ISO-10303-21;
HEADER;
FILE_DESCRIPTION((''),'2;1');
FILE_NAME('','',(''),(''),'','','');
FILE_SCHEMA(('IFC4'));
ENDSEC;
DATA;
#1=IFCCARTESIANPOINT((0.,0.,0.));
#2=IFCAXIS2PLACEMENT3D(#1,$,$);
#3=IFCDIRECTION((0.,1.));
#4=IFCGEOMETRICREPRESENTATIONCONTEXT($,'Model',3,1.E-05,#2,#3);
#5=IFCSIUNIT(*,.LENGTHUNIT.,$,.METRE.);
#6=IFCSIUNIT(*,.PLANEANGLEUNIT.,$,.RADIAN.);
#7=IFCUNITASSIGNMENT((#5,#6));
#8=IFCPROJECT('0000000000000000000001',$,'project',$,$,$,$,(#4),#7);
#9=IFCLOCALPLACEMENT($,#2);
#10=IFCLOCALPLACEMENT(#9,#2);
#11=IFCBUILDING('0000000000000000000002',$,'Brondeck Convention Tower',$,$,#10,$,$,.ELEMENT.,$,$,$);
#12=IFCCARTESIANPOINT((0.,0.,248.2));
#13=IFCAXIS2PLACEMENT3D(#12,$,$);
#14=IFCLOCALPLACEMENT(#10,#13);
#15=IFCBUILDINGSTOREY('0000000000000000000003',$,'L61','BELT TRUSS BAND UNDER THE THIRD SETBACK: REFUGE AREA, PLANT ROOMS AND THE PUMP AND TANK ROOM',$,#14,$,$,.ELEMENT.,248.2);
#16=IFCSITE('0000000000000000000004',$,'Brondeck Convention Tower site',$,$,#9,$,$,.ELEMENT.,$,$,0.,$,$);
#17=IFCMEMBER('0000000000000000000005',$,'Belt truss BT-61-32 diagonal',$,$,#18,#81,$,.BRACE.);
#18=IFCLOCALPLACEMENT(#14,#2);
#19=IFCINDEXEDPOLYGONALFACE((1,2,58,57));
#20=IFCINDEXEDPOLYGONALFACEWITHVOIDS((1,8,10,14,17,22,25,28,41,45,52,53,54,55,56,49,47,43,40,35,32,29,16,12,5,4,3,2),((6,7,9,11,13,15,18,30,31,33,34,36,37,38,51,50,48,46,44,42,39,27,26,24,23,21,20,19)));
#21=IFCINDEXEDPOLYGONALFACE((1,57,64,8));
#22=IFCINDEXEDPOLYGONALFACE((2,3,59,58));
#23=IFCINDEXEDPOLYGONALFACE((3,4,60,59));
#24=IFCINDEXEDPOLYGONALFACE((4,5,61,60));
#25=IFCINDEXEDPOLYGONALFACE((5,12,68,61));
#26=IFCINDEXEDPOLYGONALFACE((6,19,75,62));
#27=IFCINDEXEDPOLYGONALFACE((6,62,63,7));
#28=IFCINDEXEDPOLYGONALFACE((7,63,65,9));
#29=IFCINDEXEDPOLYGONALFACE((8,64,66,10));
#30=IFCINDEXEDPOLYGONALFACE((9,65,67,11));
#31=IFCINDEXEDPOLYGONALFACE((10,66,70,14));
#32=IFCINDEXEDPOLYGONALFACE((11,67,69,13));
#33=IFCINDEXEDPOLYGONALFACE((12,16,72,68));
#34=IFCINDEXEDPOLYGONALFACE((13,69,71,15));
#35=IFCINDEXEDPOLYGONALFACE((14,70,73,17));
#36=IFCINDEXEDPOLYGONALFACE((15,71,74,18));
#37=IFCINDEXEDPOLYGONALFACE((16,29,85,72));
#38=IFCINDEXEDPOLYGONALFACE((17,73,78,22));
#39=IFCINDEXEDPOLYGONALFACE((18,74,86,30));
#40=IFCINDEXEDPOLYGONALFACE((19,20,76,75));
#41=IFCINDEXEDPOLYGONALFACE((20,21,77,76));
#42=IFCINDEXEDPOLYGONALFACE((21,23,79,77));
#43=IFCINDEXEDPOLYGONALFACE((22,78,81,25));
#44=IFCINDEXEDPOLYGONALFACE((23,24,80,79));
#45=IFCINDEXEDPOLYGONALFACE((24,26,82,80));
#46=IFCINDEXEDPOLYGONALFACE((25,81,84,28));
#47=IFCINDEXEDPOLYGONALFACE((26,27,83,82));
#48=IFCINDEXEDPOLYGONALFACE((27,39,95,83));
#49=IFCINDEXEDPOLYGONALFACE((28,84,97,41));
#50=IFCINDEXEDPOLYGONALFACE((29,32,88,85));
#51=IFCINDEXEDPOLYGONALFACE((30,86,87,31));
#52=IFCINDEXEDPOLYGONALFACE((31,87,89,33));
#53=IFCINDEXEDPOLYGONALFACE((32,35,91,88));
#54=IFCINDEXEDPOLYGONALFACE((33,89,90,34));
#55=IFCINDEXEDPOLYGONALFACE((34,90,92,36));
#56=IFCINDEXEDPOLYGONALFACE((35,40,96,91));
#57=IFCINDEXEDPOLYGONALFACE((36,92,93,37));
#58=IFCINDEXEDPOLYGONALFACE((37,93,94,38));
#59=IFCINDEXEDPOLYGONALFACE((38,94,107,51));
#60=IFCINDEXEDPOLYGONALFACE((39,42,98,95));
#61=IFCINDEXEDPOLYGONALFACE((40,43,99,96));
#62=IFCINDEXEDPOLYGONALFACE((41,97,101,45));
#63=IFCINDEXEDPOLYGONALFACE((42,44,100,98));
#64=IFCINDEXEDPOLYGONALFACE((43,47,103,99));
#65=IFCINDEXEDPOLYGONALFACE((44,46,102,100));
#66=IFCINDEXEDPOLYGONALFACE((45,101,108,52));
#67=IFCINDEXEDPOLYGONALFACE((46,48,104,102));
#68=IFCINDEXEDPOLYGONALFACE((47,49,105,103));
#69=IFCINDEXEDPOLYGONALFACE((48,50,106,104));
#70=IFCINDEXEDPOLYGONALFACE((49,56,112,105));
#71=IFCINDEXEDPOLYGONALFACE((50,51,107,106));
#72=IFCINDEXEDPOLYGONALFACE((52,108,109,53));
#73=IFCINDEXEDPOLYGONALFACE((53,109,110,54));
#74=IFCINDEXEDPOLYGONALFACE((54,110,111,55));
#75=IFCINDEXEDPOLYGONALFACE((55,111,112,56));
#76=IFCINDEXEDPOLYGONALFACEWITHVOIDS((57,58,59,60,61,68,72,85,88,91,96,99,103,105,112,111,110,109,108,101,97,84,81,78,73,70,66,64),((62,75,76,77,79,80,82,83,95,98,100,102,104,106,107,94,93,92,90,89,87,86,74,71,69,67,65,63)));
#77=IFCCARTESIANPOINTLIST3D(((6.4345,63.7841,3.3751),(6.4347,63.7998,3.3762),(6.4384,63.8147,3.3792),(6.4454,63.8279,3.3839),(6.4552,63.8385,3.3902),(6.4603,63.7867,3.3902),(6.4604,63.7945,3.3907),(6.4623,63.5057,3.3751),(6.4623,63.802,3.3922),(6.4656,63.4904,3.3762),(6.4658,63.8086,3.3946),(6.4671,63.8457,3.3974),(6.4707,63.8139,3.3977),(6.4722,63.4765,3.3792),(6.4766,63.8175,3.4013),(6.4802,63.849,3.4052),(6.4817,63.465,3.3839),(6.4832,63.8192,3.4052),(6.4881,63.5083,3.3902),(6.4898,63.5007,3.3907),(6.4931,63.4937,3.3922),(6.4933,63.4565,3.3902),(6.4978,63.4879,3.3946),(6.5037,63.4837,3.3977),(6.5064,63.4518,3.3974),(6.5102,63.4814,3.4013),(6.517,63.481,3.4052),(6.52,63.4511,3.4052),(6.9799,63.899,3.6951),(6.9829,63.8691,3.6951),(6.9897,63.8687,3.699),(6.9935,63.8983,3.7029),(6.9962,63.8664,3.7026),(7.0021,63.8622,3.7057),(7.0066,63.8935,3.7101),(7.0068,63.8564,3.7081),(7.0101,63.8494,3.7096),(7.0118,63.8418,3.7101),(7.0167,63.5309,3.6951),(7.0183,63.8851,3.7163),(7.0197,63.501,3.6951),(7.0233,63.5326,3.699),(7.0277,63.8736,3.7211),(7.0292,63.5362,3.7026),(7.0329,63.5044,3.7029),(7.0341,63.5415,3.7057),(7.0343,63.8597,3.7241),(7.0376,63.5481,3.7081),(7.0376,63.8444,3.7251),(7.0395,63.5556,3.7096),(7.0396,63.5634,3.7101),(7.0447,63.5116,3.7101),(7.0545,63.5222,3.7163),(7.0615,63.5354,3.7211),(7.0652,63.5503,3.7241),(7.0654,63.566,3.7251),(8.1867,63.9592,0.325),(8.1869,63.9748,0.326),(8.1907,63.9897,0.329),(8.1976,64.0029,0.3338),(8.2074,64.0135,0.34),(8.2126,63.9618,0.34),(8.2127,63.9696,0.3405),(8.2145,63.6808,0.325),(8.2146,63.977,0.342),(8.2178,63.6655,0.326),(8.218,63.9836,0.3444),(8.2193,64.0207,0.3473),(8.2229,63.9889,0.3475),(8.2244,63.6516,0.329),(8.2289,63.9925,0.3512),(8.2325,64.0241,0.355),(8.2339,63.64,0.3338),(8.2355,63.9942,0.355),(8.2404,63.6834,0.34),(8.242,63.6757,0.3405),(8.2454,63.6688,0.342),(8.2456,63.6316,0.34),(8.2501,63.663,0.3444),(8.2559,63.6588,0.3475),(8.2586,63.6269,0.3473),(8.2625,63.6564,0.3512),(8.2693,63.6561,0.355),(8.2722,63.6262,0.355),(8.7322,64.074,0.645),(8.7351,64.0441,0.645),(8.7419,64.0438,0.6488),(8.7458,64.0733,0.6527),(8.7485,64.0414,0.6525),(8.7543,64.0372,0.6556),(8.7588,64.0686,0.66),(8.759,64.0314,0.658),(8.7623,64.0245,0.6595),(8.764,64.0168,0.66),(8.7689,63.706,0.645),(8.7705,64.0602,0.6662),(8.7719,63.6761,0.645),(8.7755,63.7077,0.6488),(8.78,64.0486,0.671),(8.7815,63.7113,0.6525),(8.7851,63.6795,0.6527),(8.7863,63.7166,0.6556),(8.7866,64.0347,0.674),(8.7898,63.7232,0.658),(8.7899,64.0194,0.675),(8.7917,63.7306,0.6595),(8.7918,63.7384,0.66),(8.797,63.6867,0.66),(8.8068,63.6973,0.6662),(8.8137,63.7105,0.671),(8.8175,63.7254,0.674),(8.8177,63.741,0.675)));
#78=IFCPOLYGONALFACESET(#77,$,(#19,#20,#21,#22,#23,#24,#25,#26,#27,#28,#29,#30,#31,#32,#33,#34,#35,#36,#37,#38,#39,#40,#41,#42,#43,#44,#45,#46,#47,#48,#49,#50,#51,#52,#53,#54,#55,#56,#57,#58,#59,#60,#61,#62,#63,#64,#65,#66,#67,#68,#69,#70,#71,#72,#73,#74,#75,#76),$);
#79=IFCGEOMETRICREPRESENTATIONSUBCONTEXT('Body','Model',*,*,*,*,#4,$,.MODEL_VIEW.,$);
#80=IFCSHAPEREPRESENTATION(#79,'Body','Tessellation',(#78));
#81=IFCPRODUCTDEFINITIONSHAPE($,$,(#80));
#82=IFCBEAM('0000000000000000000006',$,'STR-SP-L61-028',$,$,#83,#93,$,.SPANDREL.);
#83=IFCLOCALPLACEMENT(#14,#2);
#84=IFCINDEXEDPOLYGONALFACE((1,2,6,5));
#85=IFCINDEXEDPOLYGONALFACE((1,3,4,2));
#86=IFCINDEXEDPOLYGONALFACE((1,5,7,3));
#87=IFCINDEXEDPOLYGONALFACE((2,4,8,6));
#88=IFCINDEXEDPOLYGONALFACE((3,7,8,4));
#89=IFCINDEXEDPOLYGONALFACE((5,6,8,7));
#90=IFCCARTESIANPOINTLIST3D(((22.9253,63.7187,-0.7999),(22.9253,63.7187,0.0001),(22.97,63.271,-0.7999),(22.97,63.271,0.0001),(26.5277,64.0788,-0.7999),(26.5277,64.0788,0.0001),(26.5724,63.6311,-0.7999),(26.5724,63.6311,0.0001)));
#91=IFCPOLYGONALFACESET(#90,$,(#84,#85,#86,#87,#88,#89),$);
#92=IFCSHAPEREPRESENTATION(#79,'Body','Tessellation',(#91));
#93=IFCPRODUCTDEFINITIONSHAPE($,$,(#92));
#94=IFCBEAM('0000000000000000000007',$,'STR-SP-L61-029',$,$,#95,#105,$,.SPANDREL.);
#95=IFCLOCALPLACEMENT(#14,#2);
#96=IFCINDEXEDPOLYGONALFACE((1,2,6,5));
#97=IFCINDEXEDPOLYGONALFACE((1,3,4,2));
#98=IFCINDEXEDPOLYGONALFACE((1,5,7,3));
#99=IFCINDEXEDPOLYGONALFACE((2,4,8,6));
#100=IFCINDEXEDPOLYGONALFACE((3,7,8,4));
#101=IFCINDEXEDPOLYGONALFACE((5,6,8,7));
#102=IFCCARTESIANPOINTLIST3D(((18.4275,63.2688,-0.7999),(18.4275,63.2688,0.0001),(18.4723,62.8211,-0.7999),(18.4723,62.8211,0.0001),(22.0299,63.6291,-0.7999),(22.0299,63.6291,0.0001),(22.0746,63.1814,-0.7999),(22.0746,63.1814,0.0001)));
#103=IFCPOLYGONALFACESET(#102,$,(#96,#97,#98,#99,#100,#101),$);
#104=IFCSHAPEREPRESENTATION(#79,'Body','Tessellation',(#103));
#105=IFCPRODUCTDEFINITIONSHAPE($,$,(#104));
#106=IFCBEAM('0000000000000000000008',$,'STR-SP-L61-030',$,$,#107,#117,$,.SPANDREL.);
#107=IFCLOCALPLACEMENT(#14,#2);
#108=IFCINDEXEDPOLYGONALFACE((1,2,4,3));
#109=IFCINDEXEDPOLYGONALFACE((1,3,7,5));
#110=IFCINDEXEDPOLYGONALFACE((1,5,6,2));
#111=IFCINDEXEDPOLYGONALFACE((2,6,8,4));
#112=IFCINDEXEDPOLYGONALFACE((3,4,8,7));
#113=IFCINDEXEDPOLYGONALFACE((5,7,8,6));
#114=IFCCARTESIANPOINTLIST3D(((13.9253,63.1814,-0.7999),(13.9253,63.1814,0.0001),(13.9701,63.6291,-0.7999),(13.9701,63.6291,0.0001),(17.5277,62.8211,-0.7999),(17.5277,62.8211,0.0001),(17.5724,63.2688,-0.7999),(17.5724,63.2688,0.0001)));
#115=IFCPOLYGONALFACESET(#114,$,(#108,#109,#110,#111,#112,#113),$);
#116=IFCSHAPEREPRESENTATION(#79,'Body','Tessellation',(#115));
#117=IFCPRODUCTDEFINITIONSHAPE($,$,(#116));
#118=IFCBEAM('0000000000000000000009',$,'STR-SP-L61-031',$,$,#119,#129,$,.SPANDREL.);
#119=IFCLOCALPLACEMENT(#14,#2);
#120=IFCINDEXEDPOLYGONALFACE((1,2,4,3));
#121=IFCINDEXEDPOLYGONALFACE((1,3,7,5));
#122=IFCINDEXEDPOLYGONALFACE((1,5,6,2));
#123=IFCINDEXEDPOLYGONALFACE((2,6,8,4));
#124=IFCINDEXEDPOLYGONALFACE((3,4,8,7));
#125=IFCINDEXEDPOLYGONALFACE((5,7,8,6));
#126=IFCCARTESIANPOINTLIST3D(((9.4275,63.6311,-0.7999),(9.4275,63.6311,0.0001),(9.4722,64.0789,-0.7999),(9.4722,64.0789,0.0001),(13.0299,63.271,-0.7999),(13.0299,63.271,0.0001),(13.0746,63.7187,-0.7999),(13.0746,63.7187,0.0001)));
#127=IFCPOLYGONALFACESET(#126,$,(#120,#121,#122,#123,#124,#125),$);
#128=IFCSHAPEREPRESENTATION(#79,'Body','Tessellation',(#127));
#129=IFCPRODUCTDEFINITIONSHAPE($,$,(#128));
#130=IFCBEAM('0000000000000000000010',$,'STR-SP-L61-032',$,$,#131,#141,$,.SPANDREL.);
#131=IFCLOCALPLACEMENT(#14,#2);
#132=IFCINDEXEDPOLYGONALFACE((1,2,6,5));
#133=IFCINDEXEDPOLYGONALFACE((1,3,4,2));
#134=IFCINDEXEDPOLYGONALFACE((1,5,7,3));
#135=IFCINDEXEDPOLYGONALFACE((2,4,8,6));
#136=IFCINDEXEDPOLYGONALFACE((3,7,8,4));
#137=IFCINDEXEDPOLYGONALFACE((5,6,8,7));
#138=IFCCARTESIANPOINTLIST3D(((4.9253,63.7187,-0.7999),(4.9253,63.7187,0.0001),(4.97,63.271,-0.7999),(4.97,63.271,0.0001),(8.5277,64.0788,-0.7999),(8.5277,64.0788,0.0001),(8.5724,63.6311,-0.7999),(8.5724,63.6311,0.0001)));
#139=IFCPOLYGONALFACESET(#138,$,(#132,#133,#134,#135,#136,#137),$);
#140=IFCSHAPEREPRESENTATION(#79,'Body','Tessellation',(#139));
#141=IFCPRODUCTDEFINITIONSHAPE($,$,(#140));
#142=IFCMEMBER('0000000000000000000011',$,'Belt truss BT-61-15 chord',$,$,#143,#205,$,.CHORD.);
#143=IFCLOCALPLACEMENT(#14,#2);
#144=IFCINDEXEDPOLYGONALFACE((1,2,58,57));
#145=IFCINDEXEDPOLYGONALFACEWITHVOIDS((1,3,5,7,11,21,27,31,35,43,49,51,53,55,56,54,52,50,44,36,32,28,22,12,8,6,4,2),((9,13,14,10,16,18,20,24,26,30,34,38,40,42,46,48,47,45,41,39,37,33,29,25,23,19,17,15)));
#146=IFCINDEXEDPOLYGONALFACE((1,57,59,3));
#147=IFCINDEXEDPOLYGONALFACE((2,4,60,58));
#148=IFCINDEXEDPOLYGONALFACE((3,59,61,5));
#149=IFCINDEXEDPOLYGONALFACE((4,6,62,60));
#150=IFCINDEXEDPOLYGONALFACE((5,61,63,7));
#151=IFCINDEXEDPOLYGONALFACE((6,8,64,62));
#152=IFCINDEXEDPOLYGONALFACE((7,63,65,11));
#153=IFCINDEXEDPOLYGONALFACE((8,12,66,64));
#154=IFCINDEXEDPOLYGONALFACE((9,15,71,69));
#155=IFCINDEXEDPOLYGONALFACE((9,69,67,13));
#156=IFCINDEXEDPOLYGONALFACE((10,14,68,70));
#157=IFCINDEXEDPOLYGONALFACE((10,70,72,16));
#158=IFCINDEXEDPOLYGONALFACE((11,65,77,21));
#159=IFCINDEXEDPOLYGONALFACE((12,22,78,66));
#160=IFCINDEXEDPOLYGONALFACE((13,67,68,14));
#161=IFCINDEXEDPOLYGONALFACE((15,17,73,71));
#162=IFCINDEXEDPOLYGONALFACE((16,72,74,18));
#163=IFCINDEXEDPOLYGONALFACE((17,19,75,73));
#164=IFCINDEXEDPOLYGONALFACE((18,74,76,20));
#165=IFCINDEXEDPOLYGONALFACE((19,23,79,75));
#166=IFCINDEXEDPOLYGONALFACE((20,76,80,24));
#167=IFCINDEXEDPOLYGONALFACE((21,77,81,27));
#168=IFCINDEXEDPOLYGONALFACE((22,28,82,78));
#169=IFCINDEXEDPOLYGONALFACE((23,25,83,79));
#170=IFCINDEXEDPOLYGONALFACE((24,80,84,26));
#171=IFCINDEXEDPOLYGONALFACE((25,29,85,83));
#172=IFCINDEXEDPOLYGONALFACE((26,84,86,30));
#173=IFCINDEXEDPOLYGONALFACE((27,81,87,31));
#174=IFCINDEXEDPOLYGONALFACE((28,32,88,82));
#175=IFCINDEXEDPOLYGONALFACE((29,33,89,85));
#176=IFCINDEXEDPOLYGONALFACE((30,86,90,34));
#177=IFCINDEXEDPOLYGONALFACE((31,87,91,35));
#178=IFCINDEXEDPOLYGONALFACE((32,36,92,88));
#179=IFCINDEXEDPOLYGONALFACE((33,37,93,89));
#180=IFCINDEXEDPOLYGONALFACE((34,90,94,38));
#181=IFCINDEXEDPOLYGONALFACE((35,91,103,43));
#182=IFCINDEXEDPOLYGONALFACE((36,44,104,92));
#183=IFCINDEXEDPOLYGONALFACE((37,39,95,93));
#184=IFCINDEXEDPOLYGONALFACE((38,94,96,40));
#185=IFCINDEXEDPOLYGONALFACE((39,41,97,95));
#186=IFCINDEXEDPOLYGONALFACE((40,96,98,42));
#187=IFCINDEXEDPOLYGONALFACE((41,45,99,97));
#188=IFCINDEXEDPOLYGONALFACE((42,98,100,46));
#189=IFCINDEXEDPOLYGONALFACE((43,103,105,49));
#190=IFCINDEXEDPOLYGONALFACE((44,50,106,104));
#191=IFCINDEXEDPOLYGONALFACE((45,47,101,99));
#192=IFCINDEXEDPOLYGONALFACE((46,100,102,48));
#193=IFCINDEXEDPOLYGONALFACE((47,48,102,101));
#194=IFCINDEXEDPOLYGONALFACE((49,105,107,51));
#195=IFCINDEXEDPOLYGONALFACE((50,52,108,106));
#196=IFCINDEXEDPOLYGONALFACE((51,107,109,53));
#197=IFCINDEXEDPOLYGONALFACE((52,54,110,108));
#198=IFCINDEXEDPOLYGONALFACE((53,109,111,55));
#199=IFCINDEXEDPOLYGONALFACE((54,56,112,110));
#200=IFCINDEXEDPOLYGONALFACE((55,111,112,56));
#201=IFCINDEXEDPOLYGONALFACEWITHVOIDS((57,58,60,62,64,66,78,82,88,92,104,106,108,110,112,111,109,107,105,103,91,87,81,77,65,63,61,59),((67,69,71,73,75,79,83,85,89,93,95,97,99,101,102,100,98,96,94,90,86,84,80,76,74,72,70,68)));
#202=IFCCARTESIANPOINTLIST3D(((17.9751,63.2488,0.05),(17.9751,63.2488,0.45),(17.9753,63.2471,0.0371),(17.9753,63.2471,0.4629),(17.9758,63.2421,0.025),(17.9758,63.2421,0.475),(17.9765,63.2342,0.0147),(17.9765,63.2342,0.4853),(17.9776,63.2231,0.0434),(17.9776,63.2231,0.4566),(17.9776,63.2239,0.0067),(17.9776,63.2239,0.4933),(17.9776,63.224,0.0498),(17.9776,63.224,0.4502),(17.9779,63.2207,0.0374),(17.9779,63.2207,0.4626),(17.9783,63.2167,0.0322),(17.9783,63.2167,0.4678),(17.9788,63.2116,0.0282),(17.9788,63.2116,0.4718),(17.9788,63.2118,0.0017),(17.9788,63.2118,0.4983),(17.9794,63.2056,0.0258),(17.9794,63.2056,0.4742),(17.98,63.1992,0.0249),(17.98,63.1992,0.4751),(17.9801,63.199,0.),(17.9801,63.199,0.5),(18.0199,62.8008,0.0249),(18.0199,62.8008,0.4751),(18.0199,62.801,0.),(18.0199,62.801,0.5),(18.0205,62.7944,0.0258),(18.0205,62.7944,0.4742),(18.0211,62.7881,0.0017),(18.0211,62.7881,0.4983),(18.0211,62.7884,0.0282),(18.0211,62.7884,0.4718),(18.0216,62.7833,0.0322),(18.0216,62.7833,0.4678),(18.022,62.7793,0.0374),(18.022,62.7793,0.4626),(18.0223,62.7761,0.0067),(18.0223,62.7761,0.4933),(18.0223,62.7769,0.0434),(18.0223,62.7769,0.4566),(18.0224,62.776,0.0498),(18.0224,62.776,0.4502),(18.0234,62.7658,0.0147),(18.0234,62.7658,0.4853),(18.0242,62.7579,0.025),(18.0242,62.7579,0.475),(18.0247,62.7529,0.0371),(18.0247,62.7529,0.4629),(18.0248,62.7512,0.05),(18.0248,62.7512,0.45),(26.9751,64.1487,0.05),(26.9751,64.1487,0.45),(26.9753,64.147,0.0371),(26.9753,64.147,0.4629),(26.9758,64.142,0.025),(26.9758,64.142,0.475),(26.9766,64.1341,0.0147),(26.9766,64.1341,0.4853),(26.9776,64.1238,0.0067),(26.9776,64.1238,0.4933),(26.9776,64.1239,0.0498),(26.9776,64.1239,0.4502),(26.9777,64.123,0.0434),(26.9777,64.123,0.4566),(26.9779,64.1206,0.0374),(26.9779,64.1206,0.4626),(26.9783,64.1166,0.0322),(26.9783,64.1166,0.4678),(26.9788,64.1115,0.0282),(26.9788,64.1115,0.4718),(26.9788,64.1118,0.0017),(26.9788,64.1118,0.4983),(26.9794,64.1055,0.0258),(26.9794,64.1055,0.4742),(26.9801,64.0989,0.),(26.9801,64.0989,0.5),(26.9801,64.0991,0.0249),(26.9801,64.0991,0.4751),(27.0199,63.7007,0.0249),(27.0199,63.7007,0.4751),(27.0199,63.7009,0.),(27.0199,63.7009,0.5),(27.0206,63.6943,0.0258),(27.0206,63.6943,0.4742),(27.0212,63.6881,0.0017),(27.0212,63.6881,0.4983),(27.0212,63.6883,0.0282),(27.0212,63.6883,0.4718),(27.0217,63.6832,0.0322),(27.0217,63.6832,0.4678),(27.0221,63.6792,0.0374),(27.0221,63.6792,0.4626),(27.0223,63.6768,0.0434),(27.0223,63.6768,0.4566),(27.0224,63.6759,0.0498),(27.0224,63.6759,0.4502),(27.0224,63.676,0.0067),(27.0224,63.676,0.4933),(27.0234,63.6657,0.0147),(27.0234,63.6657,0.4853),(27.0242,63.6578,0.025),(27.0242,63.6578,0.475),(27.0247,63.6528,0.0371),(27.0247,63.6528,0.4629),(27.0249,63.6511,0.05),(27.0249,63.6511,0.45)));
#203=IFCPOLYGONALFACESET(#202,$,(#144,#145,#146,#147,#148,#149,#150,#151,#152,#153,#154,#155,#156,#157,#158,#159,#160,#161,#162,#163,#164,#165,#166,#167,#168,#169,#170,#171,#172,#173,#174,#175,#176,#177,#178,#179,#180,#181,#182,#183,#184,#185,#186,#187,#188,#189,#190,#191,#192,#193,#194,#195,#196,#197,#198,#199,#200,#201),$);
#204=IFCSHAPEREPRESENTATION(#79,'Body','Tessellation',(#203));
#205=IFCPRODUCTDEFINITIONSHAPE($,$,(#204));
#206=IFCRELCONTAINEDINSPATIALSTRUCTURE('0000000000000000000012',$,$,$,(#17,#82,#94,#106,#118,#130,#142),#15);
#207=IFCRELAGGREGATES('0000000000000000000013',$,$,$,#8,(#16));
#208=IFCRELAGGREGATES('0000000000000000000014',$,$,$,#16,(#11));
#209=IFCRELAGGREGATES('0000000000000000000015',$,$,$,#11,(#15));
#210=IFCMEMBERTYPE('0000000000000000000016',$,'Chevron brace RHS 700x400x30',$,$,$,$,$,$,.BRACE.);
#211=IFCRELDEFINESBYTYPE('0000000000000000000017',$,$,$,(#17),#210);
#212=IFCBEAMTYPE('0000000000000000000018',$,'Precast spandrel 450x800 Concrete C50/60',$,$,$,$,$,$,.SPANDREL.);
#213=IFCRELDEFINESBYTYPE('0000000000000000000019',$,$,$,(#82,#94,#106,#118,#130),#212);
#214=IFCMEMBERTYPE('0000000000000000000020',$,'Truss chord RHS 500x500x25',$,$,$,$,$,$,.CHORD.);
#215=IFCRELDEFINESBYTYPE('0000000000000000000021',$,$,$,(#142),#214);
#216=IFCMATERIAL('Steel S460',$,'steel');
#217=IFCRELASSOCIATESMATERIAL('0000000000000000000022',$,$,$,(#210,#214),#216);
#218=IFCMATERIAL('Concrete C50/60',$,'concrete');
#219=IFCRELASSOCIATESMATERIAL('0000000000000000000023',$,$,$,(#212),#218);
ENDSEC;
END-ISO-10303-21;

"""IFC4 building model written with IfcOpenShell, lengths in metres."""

from ifc_helpers import new_model, si_unit, direction, frame, origin, origin_2d, place, context, subcontext, project, spatial, rectangle, hollow_rectangle, extrude, material, material_profile, profile_set, type_object, element, save


model = new_model("IFC4")

# Units and contexts
model_context = context("Model", 3, precision=1e-05, world=origin(), true_north=direction((0.0, 1.0)))
body_context = subcontext(model_context, "Body", "Model", "MODEL_VIEW")
ifc_project = project(units=[si_unit("LENGTHUNIT", "METRE"), si_unit("PLANEANGLEUNIT", "RADIAN")], contexts=[model_context])

# Site, building, storey
site_placement = place(None, origin())
site = spatial("IfcSite", under=ifc_project, at=site_placement, Name="Brondeck Convention Tower site", CompositionType="ELEMENT", RefElevation=0.0)
building_placement = place(site_placement, origin())
building = spatial("IfcBuilding", under=site, at=building_placement, Name="Brondeck Convention Tower", CompositionType="ELEMENT")
storey_placement = place(building_placement, frame((0.0, 0.0, 248.2)))
storey = spatial("IfcBuildingStorey", under=building, at=storey_placement, Name="L61", Description="BELT TRUSS BAND UNDER THE THIRD SETBACK: REFUGE AREA, PLANT ROOMS AND THE PUMP AND TANK ROOM", CompositionType="ELEMENT", Elevation=248.2)

# Shared definitions
ifc_material_1 = material(Name="Concrete C50/60", Category="concrete")

# Member
ifc_material_2 = material(Name="Steel S460", Category="steel")
ifc_material_profile_1 = material_profile(ifc_material_2, hollow_rectangle(XDim=0.3999, YDim=0.7, WallThickness=0.03, InnerFilletRadius=0.03, OuterFilletRadius=0.0601, at=origin_2d()), Name="RHS 700x400x30")
ifc_profile_set_1 = profile_set([ifc_material_profile_1], Name="Steel S460")
member_type_1 = type_object("IfcMemberType", Name="Chevron brace RHS 700x400x30", PredefinedType="BRACE", material=ifc_profile_set_1)
for number, where, z_axis, x_axis, name in (
    (1, (8.5022, 63.8501, 0.5), (-0.497518, -0.049703, 0.866029), (0.099408, -0.995047, 0.0), "Belt truss BT-61-32 diagonal"),
):
    element("IfcMember", number, at=place(storey_placement, frame(where, z_axis=z_axis, x_axis=x_axis)), inside=storey, type_object=member_type_1, Name=name, PredefinedType="BRACE", context=body_context, shape_type="SweptSolid", body=[
        extrude(hollow_rectangle(XDim=0.3999, YDim=0.7, WallThickness=0.03, InnerFilletRadius=0.03, OuterFilletRadius=0.0601, at=origin_2d()), origin(), (0.0, 0.0, 1.0), 3.522),
    ])

# Beams
ifc_material_profile_2 = material_profile(ifc_material_1, rectangle(XDim=0.45, YDim=0.8, at=origin_2d()), Name="Precast spandrel 450x800 Concrete C50/60")
ifc_profile_set_2 = profile_set([ifc_material_profile_2], Name="Concrete C50/60")
beam_type = type_object("IfcBeamType", Name="Precast spandrel 450x800 Concrete C50/60", PredefinedType="SPANDREL", material=ifc_profile_set_2)
for number, where, z_axis, x_axis, name in (
    (2, (26.55, 63.855, -0.3999), (-0.995041, -0.09947, 0.0), (0.09947, -0.995041, 0.0), "STR-SP-L61-028"),
    (3, (22.0522, 63.4053, -0.3999), (-0.995034, -0.099537, 0.0), (0.099537, -0.995034, 0.0), "STR-SP-L61-029"),
    (4, (17.55, 63.0449, -0.3999), (-0.995034, 0.099537, 0.0), (-0.099537, -0.995034, 0.0), "STR-SP-L61-030"),
    (5, (13.0522, 63.4949, -0.3999), (-0.995041, 0.09947, 0.0), (-0.09947, -0.995041, 0.0), "STR-SP-L61-031"),
    (6, (8.55, 63.855, -0.3999), (-0.995041, -0.09947, 0.0), (0.09947, -0.995041, 0.0), "STR-SP-L61-032"),
):
    element("IfcBeam", number, at=place(storey_placement, frame(where, z_axis=z_axis, x_axis=x_axis)), inside=storey, type_object=beam_type, Name=name, PredefinedType="SPANDREL", context=body_context, shape_type="SweptSolid", body=[
        extrude(rectangle(XDim=0.45, YDim=0.8, at=origin_2d()), origin(), (0.0, 0.0, 1.0), 3.6204),
    ])

# Member
ifc_material_profile_3 = material_profile(ifc_material_2, hollow_rectangle(XDim=0.5, YDim=0.5, WallThickness=0.0249, InnerFilletRadius=0.0249, OuterFilletRadius=0.05, at=origin_2d()), Name="RHS 500x500x25")
ifc_profile_set_3 = profile_set([ifc_material_profile_3], Name="Steel S460")
member_type_2 = type_object("IfcMemberType", Name="Truss chord RHS 500x500x25", PredefinedType="CHORD", material=ifc_profile_set_3)
for number, where, z_axis, x_axis, name in (
    (7, (27.0, 63.8999, 0.25), (-0.995038, -0.099493, 0.0), (0.099493, -0.995038, 0.0), "Belt truss BT-61-15 chord"),
):
    element("IfcMember", number, at=place(storey_placement, frame(where, z_axis=z_axis, x_axis=x_axis)), inside=storey, type_object=member_type_2, Name=name, PredefinedType="CHORD", context=body_context, shape_type="SweptSolid", body=[
        extrude(hollow_rectangle(XDim=0.5, YDim=0.5, WallThickness=0.0249, InnerFilletRadius=0.0249, OuterFilletRadius=0.05, at=origin_2d()), origin(), (0.0, 0.0, 1.0), 9.0449),
    ])

save(model, "model.ifc")
